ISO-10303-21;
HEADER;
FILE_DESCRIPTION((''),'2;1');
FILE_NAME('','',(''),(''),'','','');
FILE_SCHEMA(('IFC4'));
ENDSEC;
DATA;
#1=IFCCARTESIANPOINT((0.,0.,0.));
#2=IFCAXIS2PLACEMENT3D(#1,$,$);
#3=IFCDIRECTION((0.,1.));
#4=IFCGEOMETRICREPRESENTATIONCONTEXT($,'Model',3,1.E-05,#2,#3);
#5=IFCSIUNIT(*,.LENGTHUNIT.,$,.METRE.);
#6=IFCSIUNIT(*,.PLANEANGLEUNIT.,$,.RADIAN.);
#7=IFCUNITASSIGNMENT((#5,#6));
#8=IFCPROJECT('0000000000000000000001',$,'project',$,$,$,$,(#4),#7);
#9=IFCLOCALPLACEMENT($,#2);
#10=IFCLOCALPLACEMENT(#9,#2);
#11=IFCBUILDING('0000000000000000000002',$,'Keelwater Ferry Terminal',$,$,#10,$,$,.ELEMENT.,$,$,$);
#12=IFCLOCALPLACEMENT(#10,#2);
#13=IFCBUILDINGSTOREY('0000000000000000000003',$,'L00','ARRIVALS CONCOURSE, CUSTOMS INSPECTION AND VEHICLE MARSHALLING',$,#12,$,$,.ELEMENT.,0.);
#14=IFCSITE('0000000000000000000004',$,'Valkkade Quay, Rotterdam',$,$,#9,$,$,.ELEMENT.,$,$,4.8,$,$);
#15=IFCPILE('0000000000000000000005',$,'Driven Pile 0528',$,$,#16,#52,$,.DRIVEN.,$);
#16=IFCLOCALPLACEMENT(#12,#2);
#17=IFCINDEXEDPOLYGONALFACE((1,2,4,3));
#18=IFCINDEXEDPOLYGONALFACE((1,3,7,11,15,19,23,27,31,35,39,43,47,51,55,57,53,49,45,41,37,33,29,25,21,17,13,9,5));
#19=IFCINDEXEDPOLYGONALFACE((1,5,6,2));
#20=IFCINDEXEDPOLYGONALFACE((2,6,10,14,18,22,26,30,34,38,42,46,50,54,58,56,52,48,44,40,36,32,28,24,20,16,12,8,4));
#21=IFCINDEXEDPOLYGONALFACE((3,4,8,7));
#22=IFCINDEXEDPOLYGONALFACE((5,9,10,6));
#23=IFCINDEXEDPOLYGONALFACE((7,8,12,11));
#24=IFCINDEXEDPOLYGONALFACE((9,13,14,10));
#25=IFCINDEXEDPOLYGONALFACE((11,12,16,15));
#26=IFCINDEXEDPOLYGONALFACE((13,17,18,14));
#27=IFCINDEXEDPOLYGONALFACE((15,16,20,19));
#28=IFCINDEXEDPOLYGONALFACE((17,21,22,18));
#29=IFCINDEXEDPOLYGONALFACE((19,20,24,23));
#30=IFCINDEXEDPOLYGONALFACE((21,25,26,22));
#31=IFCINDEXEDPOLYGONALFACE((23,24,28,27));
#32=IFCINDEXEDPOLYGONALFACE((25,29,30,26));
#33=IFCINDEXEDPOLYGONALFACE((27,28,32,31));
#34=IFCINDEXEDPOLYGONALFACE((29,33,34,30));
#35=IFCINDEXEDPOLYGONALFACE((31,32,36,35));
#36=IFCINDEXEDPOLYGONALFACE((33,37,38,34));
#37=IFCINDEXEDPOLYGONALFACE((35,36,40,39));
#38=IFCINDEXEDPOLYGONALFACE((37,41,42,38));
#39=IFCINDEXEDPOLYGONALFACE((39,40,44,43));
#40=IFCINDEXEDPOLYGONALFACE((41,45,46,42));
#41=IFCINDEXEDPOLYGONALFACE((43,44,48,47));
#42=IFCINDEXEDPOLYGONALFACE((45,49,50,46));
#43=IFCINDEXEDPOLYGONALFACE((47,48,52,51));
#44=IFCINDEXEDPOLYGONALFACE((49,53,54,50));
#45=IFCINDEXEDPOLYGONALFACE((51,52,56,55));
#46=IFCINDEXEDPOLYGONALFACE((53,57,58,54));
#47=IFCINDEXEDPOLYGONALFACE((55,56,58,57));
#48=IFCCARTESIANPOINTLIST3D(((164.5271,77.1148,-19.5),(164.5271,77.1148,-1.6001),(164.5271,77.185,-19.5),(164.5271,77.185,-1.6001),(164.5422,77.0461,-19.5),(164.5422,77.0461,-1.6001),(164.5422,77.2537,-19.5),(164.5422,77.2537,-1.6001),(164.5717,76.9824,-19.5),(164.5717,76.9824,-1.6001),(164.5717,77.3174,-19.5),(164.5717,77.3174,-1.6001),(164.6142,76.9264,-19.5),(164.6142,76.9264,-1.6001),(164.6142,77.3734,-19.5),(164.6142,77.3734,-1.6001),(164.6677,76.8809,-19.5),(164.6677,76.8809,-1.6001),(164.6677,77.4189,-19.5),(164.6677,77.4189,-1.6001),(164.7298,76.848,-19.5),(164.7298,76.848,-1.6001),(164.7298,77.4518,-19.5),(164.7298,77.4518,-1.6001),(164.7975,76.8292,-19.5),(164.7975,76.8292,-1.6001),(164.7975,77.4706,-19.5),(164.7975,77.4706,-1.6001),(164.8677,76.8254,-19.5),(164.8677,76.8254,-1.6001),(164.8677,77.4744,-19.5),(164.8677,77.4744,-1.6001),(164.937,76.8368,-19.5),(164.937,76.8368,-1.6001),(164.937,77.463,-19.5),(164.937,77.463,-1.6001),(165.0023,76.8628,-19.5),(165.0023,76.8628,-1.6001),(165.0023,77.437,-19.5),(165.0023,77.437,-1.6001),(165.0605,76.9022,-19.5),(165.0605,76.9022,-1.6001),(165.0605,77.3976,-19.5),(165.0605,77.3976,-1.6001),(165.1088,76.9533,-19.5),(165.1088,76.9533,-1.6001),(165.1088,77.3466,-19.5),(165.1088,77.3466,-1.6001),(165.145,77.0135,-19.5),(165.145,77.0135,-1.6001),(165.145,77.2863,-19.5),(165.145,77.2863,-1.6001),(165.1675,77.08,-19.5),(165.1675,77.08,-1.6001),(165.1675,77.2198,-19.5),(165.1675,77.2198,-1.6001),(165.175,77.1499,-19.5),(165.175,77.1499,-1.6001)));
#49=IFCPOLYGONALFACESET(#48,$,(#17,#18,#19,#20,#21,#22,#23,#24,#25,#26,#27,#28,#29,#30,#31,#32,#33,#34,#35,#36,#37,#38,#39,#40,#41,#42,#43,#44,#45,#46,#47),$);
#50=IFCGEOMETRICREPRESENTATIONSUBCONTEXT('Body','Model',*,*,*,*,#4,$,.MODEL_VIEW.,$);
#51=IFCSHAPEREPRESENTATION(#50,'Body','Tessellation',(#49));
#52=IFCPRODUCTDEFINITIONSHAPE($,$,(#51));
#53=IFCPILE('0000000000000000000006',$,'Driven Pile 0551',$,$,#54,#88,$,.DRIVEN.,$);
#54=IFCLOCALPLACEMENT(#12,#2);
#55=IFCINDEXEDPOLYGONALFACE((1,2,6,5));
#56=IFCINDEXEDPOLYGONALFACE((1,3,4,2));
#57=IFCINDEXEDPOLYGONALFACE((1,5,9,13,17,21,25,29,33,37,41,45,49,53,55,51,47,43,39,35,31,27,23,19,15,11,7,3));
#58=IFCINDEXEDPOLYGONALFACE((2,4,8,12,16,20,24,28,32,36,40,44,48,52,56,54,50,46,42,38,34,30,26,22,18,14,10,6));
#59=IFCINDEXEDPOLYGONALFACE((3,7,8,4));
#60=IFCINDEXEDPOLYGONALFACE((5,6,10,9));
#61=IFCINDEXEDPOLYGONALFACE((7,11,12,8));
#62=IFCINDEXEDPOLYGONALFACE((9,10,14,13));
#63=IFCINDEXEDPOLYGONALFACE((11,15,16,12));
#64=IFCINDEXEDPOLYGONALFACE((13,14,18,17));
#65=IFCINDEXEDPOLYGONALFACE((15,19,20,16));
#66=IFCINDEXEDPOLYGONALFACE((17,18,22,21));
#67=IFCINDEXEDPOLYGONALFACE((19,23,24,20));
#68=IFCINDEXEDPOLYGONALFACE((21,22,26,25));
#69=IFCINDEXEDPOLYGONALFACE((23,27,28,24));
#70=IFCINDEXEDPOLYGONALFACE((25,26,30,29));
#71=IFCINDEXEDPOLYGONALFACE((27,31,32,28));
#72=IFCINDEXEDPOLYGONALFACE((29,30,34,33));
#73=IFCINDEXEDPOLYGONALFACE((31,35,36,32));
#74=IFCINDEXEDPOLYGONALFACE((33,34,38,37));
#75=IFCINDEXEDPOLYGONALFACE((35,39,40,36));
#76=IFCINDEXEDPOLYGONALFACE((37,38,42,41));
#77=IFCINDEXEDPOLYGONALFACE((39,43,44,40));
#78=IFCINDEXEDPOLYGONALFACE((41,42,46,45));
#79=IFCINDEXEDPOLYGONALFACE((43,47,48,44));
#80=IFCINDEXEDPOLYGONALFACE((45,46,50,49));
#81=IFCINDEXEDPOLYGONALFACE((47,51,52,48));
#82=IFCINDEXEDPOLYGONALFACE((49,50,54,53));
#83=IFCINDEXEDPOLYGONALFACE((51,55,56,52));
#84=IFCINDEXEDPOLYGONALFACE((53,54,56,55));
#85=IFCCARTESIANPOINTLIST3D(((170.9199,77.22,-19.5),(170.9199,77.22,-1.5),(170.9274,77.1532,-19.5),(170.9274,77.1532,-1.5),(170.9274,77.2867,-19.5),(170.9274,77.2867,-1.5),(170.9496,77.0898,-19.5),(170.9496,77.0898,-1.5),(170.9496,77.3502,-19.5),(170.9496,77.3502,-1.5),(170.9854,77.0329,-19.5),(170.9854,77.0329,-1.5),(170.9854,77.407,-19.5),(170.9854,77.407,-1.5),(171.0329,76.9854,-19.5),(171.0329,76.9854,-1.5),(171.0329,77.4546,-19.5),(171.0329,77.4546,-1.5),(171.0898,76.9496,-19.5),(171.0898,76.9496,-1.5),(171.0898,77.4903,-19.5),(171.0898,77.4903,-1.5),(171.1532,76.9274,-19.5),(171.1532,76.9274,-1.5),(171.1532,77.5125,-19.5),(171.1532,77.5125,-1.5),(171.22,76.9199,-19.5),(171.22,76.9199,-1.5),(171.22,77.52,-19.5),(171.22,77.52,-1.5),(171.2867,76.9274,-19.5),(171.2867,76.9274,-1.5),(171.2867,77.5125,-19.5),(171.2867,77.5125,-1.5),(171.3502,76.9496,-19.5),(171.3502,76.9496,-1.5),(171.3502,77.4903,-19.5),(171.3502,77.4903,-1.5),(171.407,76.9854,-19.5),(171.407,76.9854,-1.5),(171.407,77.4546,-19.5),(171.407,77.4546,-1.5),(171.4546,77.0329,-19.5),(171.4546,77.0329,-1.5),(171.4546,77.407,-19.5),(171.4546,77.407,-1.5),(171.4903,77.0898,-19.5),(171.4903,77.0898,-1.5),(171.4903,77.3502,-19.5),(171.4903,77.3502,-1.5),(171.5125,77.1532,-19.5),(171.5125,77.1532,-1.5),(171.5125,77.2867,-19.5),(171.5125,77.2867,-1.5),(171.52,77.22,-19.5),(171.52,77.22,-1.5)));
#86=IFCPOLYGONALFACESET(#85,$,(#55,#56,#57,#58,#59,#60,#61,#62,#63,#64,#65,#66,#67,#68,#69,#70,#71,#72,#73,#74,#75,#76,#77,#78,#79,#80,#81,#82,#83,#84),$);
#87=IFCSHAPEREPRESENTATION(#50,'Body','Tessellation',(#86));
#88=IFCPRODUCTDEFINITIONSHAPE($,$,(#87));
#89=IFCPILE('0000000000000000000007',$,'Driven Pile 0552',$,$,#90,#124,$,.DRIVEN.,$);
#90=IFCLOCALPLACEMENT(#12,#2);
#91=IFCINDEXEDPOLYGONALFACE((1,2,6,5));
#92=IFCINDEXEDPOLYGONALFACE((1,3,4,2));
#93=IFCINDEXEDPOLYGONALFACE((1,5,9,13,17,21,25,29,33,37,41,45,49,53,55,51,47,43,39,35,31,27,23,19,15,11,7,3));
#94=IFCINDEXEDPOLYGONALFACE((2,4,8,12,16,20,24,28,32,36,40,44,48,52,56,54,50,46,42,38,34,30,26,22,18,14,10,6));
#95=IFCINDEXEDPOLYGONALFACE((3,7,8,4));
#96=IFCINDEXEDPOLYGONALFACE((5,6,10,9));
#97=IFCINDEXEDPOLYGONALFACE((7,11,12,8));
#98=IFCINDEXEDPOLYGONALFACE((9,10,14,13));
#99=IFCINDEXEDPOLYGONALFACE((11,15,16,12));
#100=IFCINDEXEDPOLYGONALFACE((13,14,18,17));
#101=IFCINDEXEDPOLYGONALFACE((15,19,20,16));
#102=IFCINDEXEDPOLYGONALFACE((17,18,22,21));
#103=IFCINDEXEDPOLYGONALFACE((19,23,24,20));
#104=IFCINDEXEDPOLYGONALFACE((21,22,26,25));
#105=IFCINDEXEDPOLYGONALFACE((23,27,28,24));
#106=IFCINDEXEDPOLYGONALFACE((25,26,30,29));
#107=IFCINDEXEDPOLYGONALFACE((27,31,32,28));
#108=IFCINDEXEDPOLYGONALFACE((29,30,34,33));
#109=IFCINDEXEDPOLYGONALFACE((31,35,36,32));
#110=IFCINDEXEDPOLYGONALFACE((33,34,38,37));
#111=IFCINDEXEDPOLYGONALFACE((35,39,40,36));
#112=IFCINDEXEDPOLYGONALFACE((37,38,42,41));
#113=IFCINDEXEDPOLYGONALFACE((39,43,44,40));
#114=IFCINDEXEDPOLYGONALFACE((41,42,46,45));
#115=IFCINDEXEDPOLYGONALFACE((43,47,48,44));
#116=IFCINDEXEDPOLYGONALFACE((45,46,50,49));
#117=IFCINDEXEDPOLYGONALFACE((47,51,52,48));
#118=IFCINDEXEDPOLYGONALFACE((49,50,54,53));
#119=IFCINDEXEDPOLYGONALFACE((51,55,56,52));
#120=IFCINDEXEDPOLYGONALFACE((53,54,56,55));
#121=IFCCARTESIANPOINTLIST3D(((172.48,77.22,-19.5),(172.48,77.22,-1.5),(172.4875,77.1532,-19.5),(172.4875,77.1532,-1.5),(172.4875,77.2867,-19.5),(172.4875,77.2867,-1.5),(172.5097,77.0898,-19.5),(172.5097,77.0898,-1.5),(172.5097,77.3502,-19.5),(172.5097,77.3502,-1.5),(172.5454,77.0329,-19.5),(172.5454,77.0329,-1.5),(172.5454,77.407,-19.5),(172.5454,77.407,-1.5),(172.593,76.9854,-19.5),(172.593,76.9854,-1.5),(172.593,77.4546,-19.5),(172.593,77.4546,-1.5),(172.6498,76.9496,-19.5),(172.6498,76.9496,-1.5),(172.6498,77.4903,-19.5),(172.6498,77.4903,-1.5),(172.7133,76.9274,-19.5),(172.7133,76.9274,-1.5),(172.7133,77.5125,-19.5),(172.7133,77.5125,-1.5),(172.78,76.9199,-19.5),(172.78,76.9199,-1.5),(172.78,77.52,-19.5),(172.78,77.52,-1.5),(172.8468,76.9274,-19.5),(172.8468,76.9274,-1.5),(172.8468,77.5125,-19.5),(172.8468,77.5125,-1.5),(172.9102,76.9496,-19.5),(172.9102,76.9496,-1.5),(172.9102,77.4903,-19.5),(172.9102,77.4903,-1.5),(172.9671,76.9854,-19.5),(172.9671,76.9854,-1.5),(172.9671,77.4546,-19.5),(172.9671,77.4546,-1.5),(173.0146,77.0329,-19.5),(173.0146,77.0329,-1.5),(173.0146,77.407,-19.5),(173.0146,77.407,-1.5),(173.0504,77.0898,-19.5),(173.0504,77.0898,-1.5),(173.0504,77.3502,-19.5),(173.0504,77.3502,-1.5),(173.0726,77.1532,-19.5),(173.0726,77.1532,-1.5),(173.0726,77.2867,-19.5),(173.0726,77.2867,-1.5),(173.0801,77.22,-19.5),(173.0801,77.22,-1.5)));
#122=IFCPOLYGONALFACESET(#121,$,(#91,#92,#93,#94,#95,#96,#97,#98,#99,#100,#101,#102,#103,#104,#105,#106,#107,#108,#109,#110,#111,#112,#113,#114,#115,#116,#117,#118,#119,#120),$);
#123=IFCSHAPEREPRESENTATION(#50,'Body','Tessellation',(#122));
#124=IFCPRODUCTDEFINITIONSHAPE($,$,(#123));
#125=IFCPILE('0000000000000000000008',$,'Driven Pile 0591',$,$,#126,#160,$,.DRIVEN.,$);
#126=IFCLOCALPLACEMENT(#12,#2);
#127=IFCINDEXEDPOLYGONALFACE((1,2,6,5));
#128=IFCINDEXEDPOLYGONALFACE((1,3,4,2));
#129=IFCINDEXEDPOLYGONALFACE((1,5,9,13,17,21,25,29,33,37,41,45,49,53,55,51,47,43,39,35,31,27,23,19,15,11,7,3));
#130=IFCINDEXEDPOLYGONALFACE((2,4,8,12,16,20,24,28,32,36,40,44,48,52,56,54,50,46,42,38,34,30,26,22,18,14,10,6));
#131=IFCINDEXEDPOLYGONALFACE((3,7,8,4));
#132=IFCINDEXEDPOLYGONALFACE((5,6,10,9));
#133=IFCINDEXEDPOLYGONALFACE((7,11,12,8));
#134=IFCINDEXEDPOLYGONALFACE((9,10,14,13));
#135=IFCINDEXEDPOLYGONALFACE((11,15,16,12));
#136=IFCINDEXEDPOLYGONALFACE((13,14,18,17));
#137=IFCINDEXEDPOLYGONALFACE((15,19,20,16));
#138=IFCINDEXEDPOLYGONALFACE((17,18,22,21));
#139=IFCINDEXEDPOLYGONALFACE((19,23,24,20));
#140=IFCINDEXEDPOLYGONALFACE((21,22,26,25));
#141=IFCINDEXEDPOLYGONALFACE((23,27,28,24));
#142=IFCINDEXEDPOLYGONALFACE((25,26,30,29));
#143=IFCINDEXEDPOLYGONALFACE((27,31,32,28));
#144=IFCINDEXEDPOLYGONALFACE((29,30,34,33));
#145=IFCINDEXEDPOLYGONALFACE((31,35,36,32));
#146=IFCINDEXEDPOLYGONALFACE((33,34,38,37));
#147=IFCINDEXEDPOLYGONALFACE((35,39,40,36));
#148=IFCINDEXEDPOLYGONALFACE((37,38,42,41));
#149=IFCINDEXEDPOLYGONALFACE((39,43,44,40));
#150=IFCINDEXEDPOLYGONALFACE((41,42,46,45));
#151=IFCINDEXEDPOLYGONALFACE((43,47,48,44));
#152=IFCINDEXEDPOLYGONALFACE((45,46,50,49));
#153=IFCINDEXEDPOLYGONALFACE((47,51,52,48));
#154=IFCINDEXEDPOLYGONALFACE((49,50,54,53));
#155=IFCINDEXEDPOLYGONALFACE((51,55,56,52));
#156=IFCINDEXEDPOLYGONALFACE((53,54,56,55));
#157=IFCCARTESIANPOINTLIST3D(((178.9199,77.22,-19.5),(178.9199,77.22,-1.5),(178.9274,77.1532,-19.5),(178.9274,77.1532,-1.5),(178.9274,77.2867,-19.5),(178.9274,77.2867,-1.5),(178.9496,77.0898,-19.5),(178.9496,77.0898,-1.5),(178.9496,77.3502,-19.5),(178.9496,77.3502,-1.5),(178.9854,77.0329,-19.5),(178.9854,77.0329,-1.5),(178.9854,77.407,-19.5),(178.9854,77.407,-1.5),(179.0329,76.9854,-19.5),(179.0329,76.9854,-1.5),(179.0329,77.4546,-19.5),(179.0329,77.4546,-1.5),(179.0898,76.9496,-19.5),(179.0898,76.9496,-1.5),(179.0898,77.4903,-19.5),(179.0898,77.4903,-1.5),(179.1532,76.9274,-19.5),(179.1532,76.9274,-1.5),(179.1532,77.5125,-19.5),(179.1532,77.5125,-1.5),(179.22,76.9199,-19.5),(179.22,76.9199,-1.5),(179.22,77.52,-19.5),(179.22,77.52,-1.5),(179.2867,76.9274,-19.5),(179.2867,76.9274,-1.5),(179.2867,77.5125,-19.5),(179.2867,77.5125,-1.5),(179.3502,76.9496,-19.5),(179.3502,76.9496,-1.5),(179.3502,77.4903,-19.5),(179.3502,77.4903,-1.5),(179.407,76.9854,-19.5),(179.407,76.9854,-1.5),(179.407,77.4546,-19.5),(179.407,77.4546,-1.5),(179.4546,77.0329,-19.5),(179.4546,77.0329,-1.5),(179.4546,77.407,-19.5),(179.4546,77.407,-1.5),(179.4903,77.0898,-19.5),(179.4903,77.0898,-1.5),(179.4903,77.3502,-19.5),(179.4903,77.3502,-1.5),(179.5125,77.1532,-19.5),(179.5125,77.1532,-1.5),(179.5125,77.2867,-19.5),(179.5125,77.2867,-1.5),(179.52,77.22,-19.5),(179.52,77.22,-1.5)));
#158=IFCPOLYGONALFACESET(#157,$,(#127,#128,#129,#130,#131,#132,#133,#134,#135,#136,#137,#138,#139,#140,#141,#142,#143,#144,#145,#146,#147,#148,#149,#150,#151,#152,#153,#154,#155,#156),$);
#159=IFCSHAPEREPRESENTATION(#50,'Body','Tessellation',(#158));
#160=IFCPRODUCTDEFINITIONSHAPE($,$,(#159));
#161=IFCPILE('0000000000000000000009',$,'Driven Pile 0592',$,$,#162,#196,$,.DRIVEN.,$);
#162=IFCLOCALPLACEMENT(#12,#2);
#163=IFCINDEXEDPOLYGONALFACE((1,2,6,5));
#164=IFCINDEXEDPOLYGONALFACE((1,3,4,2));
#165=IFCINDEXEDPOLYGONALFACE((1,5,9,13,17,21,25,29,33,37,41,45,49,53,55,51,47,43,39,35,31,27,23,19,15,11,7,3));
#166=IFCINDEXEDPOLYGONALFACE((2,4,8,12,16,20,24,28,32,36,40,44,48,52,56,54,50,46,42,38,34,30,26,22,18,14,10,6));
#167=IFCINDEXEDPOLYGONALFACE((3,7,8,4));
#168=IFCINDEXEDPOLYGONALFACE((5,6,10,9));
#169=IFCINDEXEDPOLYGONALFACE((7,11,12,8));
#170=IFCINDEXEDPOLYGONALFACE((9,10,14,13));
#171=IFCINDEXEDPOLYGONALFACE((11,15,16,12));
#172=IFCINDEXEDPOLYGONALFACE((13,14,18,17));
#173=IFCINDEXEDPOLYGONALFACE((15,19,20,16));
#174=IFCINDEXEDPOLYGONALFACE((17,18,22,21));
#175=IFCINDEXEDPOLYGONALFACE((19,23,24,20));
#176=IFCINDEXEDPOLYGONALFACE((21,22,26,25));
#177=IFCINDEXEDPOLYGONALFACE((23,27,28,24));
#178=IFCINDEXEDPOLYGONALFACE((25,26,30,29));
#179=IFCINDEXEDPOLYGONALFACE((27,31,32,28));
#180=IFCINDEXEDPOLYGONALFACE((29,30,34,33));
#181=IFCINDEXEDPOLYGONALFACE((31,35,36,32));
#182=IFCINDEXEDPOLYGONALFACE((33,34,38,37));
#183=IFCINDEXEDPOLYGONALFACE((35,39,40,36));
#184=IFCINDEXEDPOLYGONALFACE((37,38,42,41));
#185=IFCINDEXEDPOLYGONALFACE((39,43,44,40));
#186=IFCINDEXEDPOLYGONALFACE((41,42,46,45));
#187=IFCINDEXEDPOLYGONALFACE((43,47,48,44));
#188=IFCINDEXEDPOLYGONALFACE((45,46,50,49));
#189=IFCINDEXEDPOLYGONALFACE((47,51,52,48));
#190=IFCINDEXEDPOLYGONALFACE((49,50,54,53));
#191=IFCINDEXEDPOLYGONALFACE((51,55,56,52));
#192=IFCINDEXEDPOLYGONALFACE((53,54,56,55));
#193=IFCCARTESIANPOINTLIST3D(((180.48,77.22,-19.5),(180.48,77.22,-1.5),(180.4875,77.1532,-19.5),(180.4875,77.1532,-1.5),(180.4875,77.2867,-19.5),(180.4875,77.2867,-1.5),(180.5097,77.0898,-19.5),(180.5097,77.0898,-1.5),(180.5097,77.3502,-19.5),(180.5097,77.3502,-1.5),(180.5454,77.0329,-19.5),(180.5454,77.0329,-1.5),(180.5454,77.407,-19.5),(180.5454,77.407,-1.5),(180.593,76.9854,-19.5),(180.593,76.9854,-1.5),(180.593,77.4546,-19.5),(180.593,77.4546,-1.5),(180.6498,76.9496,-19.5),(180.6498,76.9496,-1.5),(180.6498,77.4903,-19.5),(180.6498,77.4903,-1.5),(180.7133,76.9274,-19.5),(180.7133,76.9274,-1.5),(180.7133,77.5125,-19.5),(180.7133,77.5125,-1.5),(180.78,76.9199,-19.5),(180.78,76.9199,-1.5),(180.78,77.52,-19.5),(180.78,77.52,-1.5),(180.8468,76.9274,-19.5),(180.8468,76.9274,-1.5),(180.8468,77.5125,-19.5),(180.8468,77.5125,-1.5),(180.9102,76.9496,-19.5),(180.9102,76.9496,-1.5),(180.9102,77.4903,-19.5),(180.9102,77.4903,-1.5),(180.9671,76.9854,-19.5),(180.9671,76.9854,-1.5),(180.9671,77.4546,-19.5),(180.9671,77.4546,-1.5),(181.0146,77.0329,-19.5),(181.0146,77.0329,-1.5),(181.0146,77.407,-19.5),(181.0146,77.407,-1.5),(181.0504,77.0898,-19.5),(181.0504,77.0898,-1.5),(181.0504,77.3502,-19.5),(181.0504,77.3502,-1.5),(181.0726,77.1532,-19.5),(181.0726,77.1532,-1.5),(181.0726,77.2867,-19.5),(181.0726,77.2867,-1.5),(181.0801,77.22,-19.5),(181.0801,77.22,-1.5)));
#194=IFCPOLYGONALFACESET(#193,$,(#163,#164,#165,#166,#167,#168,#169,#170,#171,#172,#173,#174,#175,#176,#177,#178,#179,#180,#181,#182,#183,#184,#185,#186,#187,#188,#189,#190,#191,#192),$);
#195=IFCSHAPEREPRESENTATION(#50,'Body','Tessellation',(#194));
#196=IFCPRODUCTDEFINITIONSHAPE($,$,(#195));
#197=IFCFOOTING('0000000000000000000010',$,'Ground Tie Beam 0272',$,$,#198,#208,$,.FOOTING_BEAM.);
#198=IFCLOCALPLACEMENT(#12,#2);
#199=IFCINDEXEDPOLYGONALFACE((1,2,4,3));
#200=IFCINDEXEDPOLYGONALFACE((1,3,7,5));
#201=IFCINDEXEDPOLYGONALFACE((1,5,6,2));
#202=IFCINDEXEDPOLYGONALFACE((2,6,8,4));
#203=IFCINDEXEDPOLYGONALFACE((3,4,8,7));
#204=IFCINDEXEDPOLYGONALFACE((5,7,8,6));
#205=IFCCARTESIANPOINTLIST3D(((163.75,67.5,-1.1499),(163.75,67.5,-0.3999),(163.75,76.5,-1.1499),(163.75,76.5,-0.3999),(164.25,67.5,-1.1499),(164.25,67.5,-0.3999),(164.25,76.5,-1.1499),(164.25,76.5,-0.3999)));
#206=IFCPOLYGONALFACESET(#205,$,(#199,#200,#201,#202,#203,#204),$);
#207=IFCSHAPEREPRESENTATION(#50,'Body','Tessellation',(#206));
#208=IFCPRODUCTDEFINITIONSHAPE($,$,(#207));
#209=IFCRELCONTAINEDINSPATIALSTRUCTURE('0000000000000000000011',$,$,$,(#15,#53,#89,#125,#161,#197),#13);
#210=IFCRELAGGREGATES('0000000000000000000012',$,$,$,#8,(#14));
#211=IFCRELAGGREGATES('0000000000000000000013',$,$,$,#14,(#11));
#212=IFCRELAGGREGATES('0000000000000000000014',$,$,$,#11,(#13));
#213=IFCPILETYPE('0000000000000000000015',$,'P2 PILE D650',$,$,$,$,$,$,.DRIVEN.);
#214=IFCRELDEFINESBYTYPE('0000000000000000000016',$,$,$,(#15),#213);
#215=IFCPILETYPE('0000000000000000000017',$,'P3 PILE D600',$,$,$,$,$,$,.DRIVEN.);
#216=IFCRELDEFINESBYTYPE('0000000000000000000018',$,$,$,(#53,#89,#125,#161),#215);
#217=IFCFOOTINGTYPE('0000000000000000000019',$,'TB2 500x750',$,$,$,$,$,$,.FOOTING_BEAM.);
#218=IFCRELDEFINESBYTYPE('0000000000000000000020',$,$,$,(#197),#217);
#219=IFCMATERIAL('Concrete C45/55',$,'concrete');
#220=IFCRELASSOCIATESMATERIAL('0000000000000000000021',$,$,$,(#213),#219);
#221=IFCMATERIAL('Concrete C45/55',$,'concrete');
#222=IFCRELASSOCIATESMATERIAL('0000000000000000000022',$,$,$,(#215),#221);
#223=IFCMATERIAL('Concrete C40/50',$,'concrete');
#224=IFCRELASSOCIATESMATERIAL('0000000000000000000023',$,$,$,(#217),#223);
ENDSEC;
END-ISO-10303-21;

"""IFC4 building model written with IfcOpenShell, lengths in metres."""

from ifc_helpers import new_model, si_unit, direction, frame, origin, origin_2d, place, context, subcontext, project, spatial, rectangle, circle, extrude, material, material_profile, profile_set, type_object, element, save


model = new_model("IFC4")

# Units and contexts
model_context = context("Model", 3, precision=1e-05, world=origin(), true_north=direction((0.0, 1.0)))
body_context = subcontext(model_context, "Body", "Model", "MODEL_VIEW")
ifc_project = project(units=[si_unit("LENGTHUNIT", "METRE"), si_unit("PLANEANGLEUNIT", "RADIAN")], contexts=[model_context])

# Site, building, storey
site_placement = place(None, origin())
site = spatial("IfcSite", under=ifc_project, at=site_placement, Name="Valkkade Quay, Rotterdam", CompositionType="ELEMENT", RefElevation=4.8)
building_placement = place(site_placement, origin())
building = spatial("IfcBuilding", under=site, at=building_placement, Name="Keelwater Ferry Terminal", CompositionType="ELEMENT")
storey_placement = place(building_placement, origin())
storey = spatial("IfcBuildingStorey", under=building, at=storey_placement, Name="L00", Description="ARRIVALS CONCOURSE, CUSTOMS INSPECTION AND VEHICLE MARSHALLING", CompositionType="ELEMENT", Elevation=0.0)

# Piles
ifc_material_1 = material(Name="Concrete C45/55", Category="concrete")
ifc_material_profile_1 = material_profile(ifc_material_1, circle(Radius=0.325, at=origin_2d()), Name="PILE D650")
ifc_profile_set_1 = profile_set([ifc_material_profile_1], Name="Concrete C45/55")
pile_type_1 = type_object("IfcPileType", Name="P2 PILE D650", PredefinedType="DRIVEN", material=ifc_profile_set_1)
pile_placement = place(storey_placement, frame((164.8501, 77.1499, -1.6001), z_axis=(0.0, 0.0, -1.0), x_axis=(1.0, 0.0, 0.0)))
element("IfcPile", 1, at=pile_placement, inside=storey, type_object=pile_type_1, Name="Driven Pile 0528", PredefinedType="DRIVEN", context=body_context, shape_type="SweptSolid", body=[
    extrude(circle(Radius=0.325, at=origin_2d()), origin(), (0.0, 0.0, 1.0), 17.8999),
])
ifc_material_2 = material(Name="Concrete C45/55", Category="concrete")
ifc_material_profile_2 = material_profile(ifc_material_2, circle(Radius=0.3, at=origin_2d()), Name="PILE D600")
ifc_profile_set_2 = profile_set([ifc_material_profile_2], Name="Concrete C45/55")
pile_type_2 = type_object("IfcPileType", Name="P3 PILE D600", PredefinedType="DRIVEN", material=ifc_profile_set_2)
for number, where, z_axis, x_axis, name in (
    (2, (171.22, 77.22, -1.5), (0.0, 0.0, -1.0), (1.0, 0.0, 0.0), "Driven Pile 0551"),
    (3, (172.78, 77.22, -1.5), (0.0, 0.0, -1.0), (1.0, 0.0, 0.0), "Driven Pile 0552"),
    (4, (179.22, 77.22, -1.5), (0.0, 0.0, -1.0), (1.0, 0.0, 0.0), "Driven Pile 0591"),
    (5, (180.78, 77.22, -1.5), (0.0, 0.0, -1.0), (1.0, 0.0, 0.0), "Driven Pile 0592"),
):
    element("IfcPile", number, at=place(storey_placement, frame(where, z_axis=z_axis, x_axis=x_axis)), inside=storey, type_object=pile_type_2, Name=name, PredefinedType="DRIVEN", context=body_context, shape_type="SweptSolid", body=[
        extrude(circle(Radius=0.3, at=origin_2d()), origin(), (0.0, 0.0, 1.0), 18.0),
    ])

# Footing
ifc_material_3 = material(Name="Concrete C40/50", Category="concrete")
ifc_material_profile_3 = material_profile(ifc_material_3, rectangle(XDim=0.5, YDim=0.75, at=origin_2d()), Name="TB 500x750")
ifc_profile_set_3 = profile_set([ifc_material_profile_3], Name="Concrete C40/50")
footing_type_1 = type_object("IfcFootingType", Name="TB2 500x750", PredefinedType="FOOTING_BEAM", material=ifc_profile_set_3)
footing_1_placement = place(storey_placement, frame((164.0, 67.5, -0.7749), z_axis=(0.0, 1.0, 0.0), x_axis=(-1.0, 0.0, 0.0)))
element("IfcFooting", 6, at=footing_1_placement, inside=storey, type_object=footing_type_1, Name="Ground Tie Beam 0272", PredefinedType="FOOTING_BEAM", context=body_context, shape_type="SweptSolid", body=[
    extrude(rectangle(XDim=0.5, YDim=0.75, at=origin_2d()), origin(), (0.0, 0.0, 1.0), 9.0),
])

save(model, "model.ifc")
